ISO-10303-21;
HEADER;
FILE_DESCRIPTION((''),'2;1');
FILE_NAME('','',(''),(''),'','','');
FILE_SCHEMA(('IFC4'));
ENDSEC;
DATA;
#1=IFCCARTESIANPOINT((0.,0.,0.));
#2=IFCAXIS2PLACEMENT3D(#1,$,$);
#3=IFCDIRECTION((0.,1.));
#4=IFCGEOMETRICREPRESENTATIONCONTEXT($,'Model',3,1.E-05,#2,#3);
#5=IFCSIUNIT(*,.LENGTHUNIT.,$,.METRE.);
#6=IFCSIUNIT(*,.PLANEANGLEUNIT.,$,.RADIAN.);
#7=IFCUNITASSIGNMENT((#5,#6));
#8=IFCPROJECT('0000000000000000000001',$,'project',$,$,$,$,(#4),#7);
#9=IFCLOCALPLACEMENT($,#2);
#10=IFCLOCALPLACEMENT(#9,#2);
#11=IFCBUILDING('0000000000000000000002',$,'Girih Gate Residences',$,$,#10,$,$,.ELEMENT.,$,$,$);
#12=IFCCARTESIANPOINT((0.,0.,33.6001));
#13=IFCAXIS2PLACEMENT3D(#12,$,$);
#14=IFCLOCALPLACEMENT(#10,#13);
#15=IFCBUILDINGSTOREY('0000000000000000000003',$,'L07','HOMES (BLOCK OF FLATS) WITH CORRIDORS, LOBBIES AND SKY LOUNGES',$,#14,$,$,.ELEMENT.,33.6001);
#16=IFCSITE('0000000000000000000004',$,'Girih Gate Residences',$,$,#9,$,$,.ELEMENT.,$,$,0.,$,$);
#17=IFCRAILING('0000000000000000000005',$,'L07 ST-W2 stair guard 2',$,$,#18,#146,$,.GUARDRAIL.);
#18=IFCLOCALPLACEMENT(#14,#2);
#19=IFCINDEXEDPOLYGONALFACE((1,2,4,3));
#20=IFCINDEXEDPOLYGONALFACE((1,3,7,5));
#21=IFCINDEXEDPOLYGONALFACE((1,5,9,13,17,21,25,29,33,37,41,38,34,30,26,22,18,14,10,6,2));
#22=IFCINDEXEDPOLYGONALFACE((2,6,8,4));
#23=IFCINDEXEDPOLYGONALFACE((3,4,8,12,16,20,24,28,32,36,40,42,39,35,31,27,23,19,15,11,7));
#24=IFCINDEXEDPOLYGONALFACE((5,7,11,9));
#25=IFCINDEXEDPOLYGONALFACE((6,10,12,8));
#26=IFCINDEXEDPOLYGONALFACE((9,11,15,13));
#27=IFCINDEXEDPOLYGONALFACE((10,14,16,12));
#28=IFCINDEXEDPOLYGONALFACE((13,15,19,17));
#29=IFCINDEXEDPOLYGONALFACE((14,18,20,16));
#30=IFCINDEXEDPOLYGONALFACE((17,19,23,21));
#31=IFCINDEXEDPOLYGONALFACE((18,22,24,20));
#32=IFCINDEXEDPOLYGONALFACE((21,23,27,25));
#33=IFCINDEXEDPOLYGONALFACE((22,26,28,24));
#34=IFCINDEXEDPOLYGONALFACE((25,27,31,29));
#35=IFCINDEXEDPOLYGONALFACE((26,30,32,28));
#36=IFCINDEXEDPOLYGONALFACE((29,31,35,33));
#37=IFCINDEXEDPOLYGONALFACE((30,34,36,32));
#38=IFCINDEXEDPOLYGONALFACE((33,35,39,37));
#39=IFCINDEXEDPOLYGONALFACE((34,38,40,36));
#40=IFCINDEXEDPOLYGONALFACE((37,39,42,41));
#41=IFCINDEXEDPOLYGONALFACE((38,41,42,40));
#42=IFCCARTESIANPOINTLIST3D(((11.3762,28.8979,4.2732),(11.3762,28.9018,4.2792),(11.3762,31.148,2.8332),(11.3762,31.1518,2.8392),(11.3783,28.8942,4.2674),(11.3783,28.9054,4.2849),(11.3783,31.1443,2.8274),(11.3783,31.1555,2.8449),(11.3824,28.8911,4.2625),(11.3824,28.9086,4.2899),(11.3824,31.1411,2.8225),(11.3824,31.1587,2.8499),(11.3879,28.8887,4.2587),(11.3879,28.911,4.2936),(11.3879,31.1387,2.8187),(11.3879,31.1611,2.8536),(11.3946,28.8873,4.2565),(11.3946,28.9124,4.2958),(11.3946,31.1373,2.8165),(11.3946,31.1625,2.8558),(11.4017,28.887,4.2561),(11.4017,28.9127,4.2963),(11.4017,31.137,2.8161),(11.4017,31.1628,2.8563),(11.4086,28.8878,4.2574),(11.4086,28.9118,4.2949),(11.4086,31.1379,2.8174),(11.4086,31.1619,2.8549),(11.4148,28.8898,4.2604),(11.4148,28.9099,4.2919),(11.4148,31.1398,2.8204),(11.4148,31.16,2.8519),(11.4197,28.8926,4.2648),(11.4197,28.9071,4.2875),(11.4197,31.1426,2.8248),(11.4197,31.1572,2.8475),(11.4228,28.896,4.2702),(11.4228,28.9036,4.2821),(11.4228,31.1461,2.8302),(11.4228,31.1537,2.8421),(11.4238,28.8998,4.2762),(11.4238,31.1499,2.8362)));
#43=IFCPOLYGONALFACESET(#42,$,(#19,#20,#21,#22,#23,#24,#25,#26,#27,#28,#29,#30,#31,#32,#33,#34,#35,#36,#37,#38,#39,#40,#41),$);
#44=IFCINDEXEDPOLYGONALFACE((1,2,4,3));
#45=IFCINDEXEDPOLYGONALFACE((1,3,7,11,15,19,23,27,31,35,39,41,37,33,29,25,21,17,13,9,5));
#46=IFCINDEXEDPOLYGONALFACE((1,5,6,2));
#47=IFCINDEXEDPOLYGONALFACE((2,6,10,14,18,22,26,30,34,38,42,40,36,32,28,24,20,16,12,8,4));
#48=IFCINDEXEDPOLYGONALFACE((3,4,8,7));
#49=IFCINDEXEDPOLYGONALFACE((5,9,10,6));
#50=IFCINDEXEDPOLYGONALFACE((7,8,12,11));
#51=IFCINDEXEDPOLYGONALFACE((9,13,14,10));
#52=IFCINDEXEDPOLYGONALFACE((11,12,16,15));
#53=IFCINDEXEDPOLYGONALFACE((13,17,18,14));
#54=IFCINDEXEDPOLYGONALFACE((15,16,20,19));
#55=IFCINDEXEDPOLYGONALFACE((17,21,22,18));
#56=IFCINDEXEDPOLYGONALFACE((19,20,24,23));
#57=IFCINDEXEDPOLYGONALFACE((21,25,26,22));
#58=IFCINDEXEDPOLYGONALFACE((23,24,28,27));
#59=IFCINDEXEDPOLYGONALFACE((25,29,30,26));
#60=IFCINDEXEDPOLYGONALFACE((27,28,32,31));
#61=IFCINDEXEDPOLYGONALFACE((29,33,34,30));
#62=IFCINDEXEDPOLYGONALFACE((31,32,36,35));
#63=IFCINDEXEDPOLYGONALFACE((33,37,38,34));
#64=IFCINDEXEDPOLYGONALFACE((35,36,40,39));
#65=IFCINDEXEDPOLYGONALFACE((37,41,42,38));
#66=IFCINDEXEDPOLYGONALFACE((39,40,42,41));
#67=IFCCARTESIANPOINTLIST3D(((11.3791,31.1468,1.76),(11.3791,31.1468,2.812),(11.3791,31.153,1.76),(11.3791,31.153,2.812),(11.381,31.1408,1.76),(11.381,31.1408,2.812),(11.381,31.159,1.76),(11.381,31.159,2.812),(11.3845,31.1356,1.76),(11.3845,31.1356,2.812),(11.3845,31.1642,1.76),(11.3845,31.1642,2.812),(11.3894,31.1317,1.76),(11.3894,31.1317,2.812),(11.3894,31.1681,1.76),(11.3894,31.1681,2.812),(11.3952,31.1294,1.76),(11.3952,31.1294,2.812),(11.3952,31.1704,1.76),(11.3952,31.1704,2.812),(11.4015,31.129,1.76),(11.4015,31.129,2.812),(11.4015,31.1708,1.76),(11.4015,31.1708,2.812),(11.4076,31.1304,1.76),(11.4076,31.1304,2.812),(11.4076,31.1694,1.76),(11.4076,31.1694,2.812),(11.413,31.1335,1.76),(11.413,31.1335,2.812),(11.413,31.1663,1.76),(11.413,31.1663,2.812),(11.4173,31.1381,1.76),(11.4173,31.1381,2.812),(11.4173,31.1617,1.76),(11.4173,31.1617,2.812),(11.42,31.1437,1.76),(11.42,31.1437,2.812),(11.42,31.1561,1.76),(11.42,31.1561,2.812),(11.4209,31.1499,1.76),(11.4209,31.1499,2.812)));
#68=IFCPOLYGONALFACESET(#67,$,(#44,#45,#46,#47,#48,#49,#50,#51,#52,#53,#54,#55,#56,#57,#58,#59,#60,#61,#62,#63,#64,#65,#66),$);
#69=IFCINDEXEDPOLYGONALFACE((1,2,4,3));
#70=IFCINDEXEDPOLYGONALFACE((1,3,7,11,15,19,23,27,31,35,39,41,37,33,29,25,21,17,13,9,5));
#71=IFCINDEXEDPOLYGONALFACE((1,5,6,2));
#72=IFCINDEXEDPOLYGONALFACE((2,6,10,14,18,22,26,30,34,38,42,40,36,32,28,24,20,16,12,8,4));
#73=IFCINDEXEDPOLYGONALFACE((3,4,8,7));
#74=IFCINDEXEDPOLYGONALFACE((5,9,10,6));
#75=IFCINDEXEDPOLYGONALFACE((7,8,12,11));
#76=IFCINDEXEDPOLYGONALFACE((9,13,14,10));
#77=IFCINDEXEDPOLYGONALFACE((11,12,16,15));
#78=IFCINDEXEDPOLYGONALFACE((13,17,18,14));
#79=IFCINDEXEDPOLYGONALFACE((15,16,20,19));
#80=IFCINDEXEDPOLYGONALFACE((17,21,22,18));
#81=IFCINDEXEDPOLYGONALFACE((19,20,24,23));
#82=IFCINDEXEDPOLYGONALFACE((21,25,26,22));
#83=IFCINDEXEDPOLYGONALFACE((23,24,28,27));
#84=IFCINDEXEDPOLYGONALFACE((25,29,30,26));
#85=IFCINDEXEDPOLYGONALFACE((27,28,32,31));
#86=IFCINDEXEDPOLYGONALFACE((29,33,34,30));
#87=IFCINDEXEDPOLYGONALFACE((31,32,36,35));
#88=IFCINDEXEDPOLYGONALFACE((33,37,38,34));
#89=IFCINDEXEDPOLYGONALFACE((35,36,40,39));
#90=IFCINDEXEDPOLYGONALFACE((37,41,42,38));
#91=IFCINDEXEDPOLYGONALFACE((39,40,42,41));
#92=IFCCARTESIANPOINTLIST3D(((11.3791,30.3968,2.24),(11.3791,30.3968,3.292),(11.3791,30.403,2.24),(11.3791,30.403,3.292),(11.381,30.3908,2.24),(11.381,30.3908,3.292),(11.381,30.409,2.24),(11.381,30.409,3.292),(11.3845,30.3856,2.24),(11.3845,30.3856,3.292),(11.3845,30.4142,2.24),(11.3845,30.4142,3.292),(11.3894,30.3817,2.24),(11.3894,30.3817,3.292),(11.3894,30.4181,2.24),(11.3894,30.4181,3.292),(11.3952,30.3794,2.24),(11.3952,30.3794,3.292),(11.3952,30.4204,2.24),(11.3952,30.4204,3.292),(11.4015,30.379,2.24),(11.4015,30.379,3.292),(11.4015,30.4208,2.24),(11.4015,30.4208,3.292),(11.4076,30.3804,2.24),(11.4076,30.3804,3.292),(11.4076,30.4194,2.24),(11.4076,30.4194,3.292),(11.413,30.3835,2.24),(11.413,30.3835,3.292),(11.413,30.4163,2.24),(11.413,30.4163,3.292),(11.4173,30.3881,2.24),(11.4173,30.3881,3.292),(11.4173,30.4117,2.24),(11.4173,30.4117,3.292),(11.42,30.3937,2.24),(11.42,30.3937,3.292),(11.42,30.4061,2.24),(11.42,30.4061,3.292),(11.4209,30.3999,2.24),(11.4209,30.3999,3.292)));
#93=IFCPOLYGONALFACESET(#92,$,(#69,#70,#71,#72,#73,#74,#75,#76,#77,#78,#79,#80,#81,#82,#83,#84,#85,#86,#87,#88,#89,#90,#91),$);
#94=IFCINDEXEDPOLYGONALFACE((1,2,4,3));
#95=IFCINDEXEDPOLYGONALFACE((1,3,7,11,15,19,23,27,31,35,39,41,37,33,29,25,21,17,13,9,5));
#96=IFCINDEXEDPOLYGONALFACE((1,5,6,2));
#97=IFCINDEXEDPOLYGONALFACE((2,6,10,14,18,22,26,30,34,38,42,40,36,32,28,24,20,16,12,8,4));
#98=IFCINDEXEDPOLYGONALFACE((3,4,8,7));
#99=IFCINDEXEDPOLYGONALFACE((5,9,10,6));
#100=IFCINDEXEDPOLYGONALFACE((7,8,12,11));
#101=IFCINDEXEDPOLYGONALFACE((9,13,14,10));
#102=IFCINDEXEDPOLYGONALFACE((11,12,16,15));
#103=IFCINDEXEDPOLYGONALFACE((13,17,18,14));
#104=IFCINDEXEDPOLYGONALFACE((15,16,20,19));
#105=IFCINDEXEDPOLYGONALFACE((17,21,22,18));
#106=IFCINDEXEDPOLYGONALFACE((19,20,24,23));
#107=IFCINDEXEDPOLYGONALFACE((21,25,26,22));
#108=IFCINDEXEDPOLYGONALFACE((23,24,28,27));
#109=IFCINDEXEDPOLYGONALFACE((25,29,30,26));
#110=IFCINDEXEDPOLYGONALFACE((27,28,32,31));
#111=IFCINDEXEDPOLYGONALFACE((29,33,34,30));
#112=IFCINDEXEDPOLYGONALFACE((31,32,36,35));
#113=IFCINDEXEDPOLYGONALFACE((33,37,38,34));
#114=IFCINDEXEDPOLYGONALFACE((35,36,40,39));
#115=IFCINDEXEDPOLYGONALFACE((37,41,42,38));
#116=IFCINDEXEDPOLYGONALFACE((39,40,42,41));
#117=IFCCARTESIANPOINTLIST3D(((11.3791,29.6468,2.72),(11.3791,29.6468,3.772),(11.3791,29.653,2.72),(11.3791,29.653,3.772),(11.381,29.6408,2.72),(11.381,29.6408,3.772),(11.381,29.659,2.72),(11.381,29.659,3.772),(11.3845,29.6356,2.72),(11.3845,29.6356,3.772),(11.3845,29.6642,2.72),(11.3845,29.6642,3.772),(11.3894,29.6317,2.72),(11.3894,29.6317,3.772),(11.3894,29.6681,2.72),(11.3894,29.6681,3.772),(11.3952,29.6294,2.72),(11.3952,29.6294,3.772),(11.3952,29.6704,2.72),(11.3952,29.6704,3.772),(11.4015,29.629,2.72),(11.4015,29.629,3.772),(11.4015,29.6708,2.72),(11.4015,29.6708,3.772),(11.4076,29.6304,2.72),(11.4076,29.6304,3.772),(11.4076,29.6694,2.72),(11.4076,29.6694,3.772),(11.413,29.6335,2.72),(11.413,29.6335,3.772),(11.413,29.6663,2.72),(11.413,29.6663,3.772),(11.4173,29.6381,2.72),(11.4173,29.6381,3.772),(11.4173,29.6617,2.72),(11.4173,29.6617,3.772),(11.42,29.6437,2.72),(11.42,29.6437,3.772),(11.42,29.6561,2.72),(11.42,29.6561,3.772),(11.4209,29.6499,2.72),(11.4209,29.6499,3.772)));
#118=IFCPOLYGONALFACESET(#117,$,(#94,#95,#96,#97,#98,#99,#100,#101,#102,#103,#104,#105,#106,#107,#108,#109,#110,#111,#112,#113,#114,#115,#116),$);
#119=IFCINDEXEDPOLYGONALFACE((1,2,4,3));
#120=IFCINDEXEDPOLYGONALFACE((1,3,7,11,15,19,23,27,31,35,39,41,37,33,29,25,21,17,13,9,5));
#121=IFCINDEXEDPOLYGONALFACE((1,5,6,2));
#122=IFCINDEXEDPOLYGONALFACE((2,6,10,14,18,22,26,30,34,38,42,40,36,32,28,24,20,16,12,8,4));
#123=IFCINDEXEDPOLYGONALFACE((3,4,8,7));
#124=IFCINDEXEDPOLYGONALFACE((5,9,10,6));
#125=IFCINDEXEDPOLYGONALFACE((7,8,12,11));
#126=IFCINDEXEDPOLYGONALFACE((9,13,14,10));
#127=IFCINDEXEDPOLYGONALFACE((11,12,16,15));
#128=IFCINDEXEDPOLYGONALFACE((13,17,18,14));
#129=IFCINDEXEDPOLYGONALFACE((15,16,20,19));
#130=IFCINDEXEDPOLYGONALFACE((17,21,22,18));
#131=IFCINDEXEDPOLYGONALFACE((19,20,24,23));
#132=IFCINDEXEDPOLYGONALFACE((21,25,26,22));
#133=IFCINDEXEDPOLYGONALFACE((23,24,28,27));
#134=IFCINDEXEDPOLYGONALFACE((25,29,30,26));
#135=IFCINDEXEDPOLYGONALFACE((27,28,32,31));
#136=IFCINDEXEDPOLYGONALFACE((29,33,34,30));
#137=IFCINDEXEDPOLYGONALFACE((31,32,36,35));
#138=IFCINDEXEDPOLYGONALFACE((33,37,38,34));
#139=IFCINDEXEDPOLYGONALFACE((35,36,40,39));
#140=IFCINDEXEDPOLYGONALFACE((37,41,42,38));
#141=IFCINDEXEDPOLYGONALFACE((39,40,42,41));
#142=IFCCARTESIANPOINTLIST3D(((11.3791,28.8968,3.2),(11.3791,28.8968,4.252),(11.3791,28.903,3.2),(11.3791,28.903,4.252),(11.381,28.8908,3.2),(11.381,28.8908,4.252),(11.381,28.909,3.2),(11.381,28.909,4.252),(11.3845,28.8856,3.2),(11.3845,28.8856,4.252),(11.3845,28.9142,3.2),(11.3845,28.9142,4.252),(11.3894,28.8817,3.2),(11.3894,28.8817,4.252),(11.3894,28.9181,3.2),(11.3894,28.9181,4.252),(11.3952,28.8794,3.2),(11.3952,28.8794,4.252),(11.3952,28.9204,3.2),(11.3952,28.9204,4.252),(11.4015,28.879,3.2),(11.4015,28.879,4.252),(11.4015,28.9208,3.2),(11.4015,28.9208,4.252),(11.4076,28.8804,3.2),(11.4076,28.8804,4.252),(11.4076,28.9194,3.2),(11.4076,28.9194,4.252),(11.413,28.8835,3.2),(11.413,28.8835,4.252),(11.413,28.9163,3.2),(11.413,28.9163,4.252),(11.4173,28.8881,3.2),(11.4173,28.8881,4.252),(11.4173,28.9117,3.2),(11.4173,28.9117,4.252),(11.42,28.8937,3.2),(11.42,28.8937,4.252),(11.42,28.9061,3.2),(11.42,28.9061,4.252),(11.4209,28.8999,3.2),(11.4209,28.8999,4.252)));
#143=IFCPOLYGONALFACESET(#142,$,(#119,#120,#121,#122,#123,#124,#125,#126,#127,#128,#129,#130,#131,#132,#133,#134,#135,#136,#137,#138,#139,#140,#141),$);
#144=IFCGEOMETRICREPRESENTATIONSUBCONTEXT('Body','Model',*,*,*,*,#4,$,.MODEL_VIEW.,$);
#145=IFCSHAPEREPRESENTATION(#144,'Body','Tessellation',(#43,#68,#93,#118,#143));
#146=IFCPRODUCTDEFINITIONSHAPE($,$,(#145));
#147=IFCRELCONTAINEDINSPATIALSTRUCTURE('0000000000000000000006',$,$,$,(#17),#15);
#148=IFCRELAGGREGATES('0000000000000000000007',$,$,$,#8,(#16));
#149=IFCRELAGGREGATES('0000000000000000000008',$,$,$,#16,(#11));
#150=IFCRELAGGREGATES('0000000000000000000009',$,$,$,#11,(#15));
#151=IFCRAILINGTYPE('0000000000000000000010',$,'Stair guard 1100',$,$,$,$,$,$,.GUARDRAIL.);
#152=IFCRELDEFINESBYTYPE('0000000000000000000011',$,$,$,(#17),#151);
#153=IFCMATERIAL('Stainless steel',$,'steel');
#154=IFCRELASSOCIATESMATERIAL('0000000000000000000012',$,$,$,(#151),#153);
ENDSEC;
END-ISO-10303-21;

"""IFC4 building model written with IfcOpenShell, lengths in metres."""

from ifc_helpers import new_model, si_unit, direction, frame, origin, origin_2d, place, context, subcontext, project, spatial, circle, extrude, material, type_object, element, save


model = new_model("IFC4")

# Units and contexts
model_context = context("Model", 3, precision=1e-05, world=origin(), true_north=direction((0.0, 1.0)))
body_context = subcontext(model_context, "Body", "Model", "MODEL_VIEW")
ifc_project = project(units=[si_unit("LENGTHUNIT", "METRE"), si_unit("PLANEANGLEUNIT", "RADIAN")], contexts=[model_context])

# Site, building, storey
site_placement = place(None, origin())
site = spatial("IfcSite", under=ifc_project, at=site_placement, Name="Girih Gate Residences", CompositionType="ELEMENT", RefElevation=0.0)
building_placement = place(site_placement, origin())
building = spatial("IfcBuilding", under=site, at=building_placement, Name="Girih Gate Residences", CompositionType="ELEMENT")
storey_placement = place(building_placement, frame((0.0, 0.0, 33.6001)))
storey = spatial("IfcBuildingStorey", under=building, at=storey_placement, Name="L07", Description="HOMES (BLOCK OF FLATS) WITH CORRIDORS, LOBBIES AND SKY LOUNGES", CompositionType="ELEMENT", Elevation=33.6001)

# Railing
ifc_material_1 = material(Name="Stainless steel", Category="steel")
railing_type_1 = type_object("IfcRailingType", Name="Stair guard 1100", PredefinedType="GUARDRAIL", material=ifc_material_1)
railing_1_placement = place(storey_placement, frame((11.3999, 31.1499, 1.76)))
element("IfcRailing", 1, at=railing_1_placement, inside=storey, type_object=railing_type_1, Name="L07 ST-W2 stair guard 2", PredefinedType="GUARDRAIL", context=body_context, shape_type="SweptSolid", body=[
    extrude(circle(Radius=0.0239, at=origin_2d()), frame((0.0, 0.0, 1.0762), z_axis=(0.0, -0.842281, 0.539038), x_axis=(1.0, 0.0, 0.0)), (0.0, 0.0, 1.0), 2.6714),
    extrude(circle(Radius=0.021, at=origin_2d()), origin(), (0.0, 0.0, 1.0), 1.052),
    extrude(circle(Radius=0.021, at=origin_2d()), frame((0.0, -0.75, 0.48)), (0.0, 0.0, 1.0), 1.052),
    extrude(circle(Radius=0.021, at=origin_2d()), frame((0.0, -1.5, 0.96)), (0.0, 0.0, 1.0), 1.052),
    extrude(circle(Radius=0.021, at=origin_2d()), frame((0.0, -2.25, 1.4399)), (0.0, 0.0, 1.0), 1.052),
])

save(model, "model.ifc")
